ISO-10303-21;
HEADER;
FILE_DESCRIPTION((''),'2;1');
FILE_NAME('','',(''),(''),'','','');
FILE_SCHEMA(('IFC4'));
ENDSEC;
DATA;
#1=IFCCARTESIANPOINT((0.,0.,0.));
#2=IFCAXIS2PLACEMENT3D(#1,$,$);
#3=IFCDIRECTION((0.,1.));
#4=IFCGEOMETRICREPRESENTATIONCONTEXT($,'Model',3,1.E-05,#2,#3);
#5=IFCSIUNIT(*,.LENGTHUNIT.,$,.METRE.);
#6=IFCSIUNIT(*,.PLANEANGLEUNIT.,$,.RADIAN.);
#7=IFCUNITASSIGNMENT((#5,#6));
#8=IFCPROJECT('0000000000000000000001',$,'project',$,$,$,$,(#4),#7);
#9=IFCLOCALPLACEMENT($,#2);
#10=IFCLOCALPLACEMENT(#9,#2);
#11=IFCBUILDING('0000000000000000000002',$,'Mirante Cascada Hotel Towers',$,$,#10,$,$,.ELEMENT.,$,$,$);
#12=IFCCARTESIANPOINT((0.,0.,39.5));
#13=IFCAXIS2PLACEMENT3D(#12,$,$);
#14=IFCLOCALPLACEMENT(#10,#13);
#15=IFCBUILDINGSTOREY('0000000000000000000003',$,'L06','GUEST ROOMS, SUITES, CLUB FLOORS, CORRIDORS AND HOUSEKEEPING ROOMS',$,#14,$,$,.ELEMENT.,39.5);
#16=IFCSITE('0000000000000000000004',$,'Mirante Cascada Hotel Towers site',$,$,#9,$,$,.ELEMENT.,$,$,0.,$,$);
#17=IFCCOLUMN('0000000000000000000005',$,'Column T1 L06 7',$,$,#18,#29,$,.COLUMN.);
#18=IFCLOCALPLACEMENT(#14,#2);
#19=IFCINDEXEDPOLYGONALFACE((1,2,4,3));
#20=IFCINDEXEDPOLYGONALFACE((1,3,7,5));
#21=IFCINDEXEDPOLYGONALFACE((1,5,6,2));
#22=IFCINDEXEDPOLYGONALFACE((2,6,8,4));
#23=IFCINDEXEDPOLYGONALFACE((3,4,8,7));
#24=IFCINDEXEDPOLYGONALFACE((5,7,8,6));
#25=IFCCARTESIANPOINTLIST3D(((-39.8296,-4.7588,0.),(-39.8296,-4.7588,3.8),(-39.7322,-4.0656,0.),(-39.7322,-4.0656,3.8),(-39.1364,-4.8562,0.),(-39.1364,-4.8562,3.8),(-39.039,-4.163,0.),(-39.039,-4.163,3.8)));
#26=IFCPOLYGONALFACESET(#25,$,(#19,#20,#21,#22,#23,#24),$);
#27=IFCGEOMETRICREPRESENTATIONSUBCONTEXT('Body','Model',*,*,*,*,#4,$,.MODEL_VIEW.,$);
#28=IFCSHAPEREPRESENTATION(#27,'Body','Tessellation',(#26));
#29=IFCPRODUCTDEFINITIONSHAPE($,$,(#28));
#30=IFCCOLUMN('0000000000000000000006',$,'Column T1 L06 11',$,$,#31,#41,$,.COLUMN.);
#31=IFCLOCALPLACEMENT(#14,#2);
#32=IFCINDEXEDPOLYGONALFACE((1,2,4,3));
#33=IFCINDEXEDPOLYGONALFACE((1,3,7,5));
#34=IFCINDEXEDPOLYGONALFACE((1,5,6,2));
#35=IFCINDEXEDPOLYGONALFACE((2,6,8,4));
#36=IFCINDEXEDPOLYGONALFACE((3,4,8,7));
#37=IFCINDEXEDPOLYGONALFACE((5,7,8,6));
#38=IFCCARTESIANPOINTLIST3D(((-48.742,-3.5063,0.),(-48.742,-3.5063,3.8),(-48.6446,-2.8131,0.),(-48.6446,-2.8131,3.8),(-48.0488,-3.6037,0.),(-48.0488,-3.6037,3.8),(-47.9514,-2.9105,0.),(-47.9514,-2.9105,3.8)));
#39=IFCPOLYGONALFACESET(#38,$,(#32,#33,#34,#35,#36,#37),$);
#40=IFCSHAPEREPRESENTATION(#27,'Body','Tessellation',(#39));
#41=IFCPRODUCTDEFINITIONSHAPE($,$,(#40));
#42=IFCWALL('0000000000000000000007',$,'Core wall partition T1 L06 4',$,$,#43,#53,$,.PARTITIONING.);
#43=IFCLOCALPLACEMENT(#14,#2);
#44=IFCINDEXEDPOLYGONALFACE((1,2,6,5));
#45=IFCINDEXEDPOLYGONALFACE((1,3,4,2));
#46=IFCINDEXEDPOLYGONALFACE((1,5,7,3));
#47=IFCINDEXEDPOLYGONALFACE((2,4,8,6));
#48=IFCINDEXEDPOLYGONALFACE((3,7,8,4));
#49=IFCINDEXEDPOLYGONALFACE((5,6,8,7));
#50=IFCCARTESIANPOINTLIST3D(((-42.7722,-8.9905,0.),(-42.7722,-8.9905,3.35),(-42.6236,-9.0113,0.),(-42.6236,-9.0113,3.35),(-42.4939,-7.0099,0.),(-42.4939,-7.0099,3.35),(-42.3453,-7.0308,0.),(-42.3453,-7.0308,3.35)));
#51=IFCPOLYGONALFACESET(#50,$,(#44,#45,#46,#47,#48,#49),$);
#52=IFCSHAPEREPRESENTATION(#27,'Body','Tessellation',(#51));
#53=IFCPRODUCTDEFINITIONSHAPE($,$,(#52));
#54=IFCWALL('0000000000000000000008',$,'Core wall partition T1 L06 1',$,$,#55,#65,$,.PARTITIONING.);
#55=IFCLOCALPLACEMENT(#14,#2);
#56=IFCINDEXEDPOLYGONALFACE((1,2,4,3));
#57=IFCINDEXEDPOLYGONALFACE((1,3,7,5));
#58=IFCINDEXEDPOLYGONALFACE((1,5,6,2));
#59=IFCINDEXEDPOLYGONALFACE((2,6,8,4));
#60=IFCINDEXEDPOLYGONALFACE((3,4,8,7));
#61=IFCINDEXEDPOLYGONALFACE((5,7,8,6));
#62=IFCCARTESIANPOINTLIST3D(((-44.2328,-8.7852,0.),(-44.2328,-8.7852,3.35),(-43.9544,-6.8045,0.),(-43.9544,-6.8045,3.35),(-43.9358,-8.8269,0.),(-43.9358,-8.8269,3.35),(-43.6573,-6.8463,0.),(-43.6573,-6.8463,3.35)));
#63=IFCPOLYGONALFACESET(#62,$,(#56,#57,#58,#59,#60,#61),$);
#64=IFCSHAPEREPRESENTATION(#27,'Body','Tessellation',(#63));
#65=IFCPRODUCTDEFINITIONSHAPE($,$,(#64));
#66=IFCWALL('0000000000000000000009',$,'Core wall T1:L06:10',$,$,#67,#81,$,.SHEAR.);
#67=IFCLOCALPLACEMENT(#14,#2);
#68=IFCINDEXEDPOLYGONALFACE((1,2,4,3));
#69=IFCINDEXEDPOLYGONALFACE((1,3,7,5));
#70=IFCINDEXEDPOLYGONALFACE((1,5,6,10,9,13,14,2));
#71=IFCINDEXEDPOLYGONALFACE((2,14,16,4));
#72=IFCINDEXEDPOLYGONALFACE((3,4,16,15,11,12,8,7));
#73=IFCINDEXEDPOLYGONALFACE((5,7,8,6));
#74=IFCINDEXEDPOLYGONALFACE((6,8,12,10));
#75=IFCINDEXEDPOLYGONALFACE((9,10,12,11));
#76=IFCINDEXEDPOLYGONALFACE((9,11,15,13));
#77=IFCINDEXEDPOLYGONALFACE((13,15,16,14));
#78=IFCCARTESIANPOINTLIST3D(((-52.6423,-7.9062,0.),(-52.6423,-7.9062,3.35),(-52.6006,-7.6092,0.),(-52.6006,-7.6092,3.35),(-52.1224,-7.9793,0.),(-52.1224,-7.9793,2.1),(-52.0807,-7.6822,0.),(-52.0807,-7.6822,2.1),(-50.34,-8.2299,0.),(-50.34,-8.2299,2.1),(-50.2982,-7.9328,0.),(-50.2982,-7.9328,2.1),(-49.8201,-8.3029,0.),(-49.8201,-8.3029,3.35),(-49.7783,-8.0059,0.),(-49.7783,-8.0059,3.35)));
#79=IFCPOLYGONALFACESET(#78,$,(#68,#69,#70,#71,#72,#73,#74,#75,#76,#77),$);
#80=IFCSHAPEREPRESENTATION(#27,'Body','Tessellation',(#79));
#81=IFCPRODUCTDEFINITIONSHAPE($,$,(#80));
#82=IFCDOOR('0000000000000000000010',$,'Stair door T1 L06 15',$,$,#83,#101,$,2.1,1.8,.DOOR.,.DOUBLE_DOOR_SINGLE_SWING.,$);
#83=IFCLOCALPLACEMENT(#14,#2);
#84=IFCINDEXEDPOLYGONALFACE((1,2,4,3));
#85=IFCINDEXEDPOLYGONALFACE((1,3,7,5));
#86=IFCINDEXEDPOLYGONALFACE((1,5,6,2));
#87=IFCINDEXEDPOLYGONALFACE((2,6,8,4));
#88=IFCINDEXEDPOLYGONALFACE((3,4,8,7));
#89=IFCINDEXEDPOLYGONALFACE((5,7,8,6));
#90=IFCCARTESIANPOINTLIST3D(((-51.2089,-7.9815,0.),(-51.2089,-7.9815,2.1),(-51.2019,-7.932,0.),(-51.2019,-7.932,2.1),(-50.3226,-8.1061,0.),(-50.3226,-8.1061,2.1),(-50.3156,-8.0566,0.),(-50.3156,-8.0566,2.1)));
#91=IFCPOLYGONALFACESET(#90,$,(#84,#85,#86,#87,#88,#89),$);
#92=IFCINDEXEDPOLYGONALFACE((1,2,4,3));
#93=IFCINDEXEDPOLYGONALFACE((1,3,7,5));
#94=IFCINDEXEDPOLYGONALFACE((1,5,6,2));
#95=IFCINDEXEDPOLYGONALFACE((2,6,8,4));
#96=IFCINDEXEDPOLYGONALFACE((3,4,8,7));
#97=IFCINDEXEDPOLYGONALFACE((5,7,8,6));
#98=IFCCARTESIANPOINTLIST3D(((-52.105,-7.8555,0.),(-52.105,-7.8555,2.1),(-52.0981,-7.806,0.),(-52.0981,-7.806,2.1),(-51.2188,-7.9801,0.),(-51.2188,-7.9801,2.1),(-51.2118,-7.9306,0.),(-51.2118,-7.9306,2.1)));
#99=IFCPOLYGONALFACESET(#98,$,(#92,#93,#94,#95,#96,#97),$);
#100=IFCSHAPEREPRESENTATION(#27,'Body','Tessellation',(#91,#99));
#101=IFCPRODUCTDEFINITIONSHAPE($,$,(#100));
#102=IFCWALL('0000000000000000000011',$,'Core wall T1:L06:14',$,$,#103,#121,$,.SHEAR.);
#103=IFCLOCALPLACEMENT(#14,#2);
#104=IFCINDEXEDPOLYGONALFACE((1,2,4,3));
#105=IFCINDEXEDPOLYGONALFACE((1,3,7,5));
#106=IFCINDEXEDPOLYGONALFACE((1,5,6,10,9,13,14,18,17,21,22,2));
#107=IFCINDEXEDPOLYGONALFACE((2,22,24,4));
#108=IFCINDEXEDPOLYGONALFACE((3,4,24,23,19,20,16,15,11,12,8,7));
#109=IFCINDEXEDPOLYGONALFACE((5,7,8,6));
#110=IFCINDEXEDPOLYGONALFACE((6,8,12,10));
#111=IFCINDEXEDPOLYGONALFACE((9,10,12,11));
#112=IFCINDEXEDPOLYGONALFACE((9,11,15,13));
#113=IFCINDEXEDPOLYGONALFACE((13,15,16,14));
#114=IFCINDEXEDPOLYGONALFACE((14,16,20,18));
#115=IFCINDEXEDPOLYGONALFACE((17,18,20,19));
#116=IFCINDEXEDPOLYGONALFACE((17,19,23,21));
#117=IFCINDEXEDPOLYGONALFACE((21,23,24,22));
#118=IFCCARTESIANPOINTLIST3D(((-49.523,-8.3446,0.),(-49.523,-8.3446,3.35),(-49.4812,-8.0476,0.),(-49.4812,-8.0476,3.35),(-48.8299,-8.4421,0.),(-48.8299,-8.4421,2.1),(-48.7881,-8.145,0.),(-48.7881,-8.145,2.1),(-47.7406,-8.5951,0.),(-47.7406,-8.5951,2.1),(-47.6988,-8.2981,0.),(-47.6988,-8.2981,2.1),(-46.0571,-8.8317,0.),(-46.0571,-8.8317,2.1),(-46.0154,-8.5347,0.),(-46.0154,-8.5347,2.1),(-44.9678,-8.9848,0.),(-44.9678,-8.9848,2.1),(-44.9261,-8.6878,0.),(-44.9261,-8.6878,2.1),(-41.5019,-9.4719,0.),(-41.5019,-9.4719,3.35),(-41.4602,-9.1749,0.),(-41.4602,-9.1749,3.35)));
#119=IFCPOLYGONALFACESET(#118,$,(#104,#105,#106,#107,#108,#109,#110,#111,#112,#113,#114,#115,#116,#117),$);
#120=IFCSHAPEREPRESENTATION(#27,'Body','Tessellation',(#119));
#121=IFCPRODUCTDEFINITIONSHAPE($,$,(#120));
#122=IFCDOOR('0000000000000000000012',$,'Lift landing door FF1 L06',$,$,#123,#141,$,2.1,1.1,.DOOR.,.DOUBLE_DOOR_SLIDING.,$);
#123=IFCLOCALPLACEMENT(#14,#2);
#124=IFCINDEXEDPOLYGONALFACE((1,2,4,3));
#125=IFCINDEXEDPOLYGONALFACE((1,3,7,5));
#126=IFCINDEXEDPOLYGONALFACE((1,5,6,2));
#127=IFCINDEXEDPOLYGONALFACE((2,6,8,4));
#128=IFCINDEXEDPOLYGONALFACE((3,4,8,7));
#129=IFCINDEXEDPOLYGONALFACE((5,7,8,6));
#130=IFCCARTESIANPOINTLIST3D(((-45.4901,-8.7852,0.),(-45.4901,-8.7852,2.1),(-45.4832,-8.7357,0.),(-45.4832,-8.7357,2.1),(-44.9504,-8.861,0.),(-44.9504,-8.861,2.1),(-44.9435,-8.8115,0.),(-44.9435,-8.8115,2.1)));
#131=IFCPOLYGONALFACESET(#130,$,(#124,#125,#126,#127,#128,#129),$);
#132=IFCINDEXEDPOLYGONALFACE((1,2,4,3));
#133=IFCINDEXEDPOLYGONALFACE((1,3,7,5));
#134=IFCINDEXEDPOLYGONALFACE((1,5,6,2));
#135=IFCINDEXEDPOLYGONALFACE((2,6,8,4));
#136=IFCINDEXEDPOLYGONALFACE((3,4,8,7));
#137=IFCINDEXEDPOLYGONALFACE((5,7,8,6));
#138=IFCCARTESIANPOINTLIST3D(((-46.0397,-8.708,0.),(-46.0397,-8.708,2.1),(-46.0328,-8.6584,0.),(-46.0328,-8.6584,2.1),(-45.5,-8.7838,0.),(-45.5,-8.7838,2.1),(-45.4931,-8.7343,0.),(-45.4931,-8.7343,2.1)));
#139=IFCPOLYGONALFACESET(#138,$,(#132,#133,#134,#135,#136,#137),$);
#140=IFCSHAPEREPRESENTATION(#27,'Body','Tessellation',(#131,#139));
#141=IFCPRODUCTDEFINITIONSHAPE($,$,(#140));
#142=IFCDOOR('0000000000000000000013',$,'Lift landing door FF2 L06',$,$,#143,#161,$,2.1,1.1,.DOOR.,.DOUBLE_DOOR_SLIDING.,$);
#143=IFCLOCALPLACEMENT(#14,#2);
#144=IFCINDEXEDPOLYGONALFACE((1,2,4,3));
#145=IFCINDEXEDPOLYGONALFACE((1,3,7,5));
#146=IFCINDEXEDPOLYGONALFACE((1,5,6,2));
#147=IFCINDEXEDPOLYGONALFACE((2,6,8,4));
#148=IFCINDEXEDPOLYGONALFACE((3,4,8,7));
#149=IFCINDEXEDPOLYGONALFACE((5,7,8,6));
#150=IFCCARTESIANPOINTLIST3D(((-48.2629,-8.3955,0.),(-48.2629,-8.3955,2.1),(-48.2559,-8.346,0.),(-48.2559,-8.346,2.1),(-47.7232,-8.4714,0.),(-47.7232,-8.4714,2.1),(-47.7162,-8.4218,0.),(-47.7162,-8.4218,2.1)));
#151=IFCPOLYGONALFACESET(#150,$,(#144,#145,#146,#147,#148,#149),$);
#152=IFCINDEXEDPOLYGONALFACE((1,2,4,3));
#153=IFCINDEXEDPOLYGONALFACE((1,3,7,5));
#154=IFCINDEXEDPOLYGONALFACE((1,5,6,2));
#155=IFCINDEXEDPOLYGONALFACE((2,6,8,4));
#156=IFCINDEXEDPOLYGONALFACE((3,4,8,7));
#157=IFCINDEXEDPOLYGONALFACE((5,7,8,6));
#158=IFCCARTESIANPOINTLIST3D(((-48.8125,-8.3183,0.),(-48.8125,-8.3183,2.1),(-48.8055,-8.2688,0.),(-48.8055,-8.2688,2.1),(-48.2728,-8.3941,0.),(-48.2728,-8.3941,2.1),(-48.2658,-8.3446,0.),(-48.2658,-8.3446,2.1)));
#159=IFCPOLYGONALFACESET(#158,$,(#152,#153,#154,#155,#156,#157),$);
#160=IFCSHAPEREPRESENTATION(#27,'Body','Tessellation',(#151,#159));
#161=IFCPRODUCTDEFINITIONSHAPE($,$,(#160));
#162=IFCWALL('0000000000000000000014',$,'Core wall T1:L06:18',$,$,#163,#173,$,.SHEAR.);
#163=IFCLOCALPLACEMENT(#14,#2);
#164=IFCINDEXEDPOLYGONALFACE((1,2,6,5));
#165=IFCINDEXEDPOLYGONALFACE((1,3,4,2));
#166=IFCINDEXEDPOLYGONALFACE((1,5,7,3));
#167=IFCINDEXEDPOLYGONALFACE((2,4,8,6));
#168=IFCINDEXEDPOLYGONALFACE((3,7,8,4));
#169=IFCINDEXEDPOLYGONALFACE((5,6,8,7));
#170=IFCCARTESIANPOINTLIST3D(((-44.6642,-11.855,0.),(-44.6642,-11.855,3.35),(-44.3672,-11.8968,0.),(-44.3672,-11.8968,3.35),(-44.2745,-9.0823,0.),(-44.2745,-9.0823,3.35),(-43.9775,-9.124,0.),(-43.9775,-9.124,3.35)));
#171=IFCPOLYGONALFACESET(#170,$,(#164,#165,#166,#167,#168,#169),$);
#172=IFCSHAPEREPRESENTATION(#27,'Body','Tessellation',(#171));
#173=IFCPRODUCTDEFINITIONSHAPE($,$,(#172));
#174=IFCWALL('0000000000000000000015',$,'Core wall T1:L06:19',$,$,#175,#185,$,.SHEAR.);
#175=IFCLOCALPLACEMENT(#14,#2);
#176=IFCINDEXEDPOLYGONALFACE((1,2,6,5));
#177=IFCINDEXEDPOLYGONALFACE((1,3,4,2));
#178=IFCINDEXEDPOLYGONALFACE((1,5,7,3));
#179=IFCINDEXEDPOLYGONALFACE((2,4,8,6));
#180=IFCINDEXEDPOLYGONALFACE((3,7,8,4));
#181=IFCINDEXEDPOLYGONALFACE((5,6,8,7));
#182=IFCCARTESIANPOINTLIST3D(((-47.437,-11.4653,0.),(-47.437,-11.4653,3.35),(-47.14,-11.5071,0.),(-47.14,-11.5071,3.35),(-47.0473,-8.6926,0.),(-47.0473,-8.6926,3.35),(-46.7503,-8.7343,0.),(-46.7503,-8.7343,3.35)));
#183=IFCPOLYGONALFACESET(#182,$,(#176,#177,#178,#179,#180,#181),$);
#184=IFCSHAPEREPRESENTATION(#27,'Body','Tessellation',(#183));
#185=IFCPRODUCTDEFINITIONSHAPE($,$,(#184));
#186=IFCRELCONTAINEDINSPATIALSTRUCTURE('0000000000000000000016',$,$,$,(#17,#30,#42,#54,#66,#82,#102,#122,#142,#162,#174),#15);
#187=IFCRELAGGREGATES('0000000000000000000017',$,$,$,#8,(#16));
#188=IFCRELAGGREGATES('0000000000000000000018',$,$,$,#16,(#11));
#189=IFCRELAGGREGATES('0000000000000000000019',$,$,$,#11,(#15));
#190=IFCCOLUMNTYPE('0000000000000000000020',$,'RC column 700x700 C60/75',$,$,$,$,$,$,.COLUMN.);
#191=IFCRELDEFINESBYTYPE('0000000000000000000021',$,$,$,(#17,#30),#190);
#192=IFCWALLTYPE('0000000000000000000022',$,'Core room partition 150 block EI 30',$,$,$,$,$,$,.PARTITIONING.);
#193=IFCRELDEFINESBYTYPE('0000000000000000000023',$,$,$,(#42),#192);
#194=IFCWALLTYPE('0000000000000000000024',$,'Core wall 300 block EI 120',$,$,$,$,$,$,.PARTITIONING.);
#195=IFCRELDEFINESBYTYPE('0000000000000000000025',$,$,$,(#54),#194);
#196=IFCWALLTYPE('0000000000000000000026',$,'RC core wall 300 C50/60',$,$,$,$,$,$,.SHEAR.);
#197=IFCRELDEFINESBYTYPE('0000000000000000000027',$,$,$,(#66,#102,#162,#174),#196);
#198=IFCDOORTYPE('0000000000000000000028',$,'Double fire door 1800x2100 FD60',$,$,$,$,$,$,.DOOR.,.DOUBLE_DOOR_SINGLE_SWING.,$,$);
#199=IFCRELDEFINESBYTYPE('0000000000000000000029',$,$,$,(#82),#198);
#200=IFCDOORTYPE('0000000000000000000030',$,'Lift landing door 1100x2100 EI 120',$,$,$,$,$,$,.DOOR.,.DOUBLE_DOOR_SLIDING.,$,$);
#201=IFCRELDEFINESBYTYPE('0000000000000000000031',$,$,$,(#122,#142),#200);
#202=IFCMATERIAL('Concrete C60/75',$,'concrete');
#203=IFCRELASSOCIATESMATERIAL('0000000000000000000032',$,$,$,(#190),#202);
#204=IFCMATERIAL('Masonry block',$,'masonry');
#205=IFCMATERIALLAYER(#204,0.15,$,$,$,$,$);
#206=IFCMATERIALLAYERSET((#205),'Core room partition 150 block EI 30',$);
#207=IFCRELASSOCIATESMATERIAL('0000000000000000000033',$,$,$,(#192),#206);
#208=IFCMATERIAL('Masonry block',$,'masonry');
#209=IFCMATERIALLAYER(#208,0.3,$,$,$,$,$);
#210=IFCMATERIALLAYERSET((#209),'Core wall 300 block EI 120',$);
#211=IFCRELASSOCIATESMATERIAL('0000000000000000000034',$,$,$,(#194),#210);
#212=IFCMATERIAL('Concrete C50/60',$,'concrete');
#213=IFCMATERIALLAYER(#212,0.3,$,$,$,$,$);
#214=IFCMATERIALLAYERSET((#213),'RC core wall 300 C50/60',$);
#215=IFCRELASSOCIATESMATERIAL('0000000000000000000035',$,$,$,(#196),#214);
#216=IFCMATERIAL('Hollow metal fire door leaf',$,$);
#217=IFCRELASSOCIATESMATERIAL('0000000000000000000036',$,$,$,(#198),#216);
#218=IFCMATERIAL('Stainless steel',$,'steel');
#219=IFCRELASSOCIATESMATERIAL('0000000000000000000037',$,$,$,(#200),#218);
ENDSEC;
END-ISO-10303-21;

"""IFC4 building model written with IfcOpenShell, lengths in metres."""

from ifc_helpers import new_model, si_unit, direction, frame, frame_2d, origin, origin_2d, place, context, subcontext, project, spatial, rectangle, extrude, material, layer, layer_set, material_profile, profile_set, type_object, element, fill, save


model = new_model("IFC4")

# Units and contexts
model_context = context("Model", 3, precision=1e-05, world=origin(), true_north=direction((0.0, 1.0)))
body_context = subcontext(model_context, "Body", "Model", "MODEL_VIEW")
ifc_project = project(units=[si_unit("LENGTHUNIT", "METRE"), si_unit("PLANEANGLEUNIT", "RADIAN")], contexts=[model_context])

# Site, building, storey
site_placement = place(None, origin())
site = spatial("IfcSite", under=ifc_project, at=site_placement, Name="Mirante Cascada Hotel Towers site", CompositionType="ELEMENT", RefElevation=0.0)
building_placement = place(site_placement, origin())
building = spatial("IfcBuilding", under=site, at=building_placement, Name="Mirante Cascada Hotel Towers", CompositionType="ELEMENT")
storey_placement = place(building_placement, frame((0.0, 0.0, 39.5)))
storey = spatial("IfcBuildingStorey", under=building, at=storey_placement, Name="L06", Description="GUEST ROOMS, SUITES, CLUB FLOORS, CORRIDORS AND HOUSEKEEPING ROOMS", CompositionType="ELEMENT", Elevation=39.5)

# Columns
ifc_material_1 = material(Name="Concrete C60/75", Category="concrete")
ifc_material_profile = material_profile(ifc_material_1, rectangle(XDim=0.7, YDim=0.7, at=origin_2d()), Name="RC column 700x700 C60/75")
ifc_profile_set = profile_set([ifc_material_profile], Name="Concrete C60/75")
column_type = type_object("IfcColumnType", Name="RC column 700x700 C60/75", PredefinedType="COLUMN", material=ifc_profile_set)
for number, where, z_axis, x_axis, name in (
    (1, (-39.4343, -4.4609, 0.0), (0.0, 0.0, 1.0), (-0.990268, 0.139173, 0.0), "Column T1 L06 7"),
    (2, (-48.3467, -3.2084, 0.0), (0.0, 0.0, 1.0), (-0.990268, 0.139173, 0.0), "Column T1 L06 11"),
):
    element("IfcColumn", number, at=place(storey_placement, frame(where, z_axis=z_axis, x_axis=x_axis)), inside=storey, type_object=column_type, Name=name, PredefinedType="COLUMN", context=body_context, shape_type="SweptSolid", body=[
        extrude(rectangle(XDim=0.7, YDim=0.7, at=origin_2d()), origin(), (0.0, 0.0, 1.0), 3.8),
    ])

# Walls
ifc_material_2 = material(Name="Masonry block", Category="masonry")
ifc_layer_1 = layer(ifc_material_2, 0.15)
ifc_layer_set_1 = layer_set([ifc_layer_1], Name="Core room partition 150 block EI 30")
wall_type_1 = type_object("IfcWallType", Name="Core room partition 150 block EI 30", PredefinedType="PARTITIONING", material=ifc_layer_set_1)
wall_1_placement = place(storey_placement, frame((-42.6979, -9.0009, 0.0), z_axis=(0.0, 0.0, 1.0), x_axis=(0.139153, 0.990271, 0.0)))
element("IfcWall", 3, at=wall_1_placement, inside=storey, type_object=wall_type_1, Name="Core wall partition T1 L06 4", PredefinedType="PARTITIONING", context=body_context, shape_type="SweptSolid", body=[
    extrude(rectangle(XDim=2.0, YDim=0.15, at=frame_2d((1.0, 0.0))), origin(), (0.0, 0.0, 1.0), 3.35),
])
ifc_material_3 = material(Name="Masonry block", Category="masonry")
ifc_layer_2 = layer(ifc_material_3, 0.3)
ifc_layer_set_2 = layer_set([ifc_layer_2], Name="Core wall 300 block EI 120")
wall_type_2 = type_object("IfcWallType", Name="Core wall 300 block EI 120", PredefinedType="PARTITIONING", material=ifc_layer_set_2)
wall_2_placement = place(storey_placement, frame((-44.0843, -8.8061, 0.0), z_axis=(0.0, 0.0, 1.0), x_axis=(0.139195, 0.990265, 0.0)))
element("IfcWall", 4, at=wall_2_placement, inside=storey, type_object=wall_type_2, Name="Core wall partition T1 L06 1", PredefinedType="PARTITIONING", context=body_context, shape_type="SweptSolid", body=[
    extrude(rectangle(XDim=2.0001, YDim=0.3, at=frame_2d((1.0001, 0.0))), origin(), (0.0, 0.0, 1.0), 3.35),
])

# Wall, opening, door
ifc_material_4 = material(Name="Concrete C50/60", Category="concrete")
ifc_layer_3 = layer(ifc_material_4, 0.3)
ifc_layer_set_3 = layer_set([ifc_layer_3], Name="RC core wall 300 C50/60")
wall_type_3 = type_object("IfcWallType", Name="RC core wall 300 C50/60", PredefinedType="SHEAR", material=ifc_layer_set_3)
wall_3_placement = place(storey_placement, frame((-49.7992, -8.1544, 0.0), z_axis=(0.0, 0.0, 1.0), x_axis=(-0.990266, 0.139191, 0.0)))
wall_3 = element("IfcWall", 5, at=wall_3_placement, inside=storey, type_object=wall_type_3, Name="Core wall T1:L06:10", PredefinedType="SHEAR", context=body_context, shape_type="SweptSolid", body=[
    extrude(rectangle(XDim=2.85, YDim=0.3, at=frame_2d((1.425, 0.0))), origin(), (0.0, 0.0, 1.0), 3.35),
])
opening_1_placement = place(wall_3_placement, frame((0.525, 0.0, 0.0)))
opening_1 = element("IfcOpeningElement", 6, at=opening_1_placement, cuts=wall_3, PredefinedType="OPENING", context=body_context, shape_type="SweptSolid", body=[
    extrude(rectangle(XDim=1.8, YDim=2.1, at=frame_2d((0.9, 1.05))), frame((0.0, 0.15, 0.0), z_axis=(0.0, -1.0, 0.0), x_axis=(1.0, 0.0, 0.0)), (0.0, 0.0, 1.0), 0.3),
])
ifc_material_5 = material(Name="Hollow metal fire door leaf")
door_type_1 = type_object("IfcDoorType", Name="Double fire door 1800x2100 FD60", OperationType="DOUBLE_DOOR_SINGLE_SWING", PredefinedType="DOOR", material=ifc_material_5)
door_1_placement = place(opening_1_placement, origin())
door_1 = element("IfcDoor", 7, at=door_1_placement, inside=storey, type_object=door_type_1, Name="Stair door T1 L06 15", OperationType="DOUBLE_DOOR_SINGLE_SWING", OverallHeight=2.1, OverallWidth=1.8, PredefinedType="DOOR", context=body_context, shape_type="SweptSolid", body=[
    extrude(rectangle(XDim=0.895, YDim=2.1, at=frame_2d((0.4475, 1.05))), frame((0.0, 0.025, 0.0), z_axis=(0.0, -1.0, 0.0), x_axis=(1.0, 0.0, 0.0)), (0.0, 0.0, 1.0), 0.05),
    extrude(rectangle(XDim=0.895, YDim=2.1, at=frame_2d((1.3525, 1.05))), frame((0.0, 0.025, 0.0), z_axis=(0.0, -1.0, 0.0), x_axis=(1.0, 0.0, 0.0)), (0.0, 0.0, 1.0), 0.05),
])
fill(opening_1, door_1)

# Wall, openings, doors
wall_4_placement = place(storey_placement, frame((-41.481, -9.3234, 0.0), z_axis=(0.0, 0.0, 1.0), x_axis=(-0.990268, 0.139174, 0.0)))
wall_4 = element("IfcWall", 8, at=wall_4_placement, inside=storey, type_object=wall_type_3, Name="Core wall T1:L06:14", PredefinedType="SHEAR", context=body_context, shape_type="SweptSolid", body=[
    extrude(rectangle(XDim=8.0999, YDim=0.3, at=frame_2d((4.05, 0.0))), origin(), (0.0, 0.0, 1.0), 3.35),
])
opening_2_placement = place(wall_4_placement, frame((3.5, 0.0, 0.0)))
opening_2 = element("IfcOpeningElement", 9, at=opening_2_placement, cuts=wall_4, PredefinedType="OPENING", context=body_context, shape_type="SweptSolid", body=[
    extrude(rectangle(XDim=1.1, YDim=2.1, at=frame_2d((0.55, 1.05))), frame((0.0, 0.15, 0.0), z_axis=(0.0, -1.0, 0.0), x_axis=(1.0, 0.0, 0.0)), (0.0, 0.0, 1.0), 0.3),
])
opening_3_placement = place(wall_4_placement, frame((6.3, 0.0, 0.0)))
opening_3 = element("IfcOpeningElement", 10, at=opening_3_placement, cuts=wall_4, PredefinedType="OPENING", context=body_context, shape_type="SweptSolid", body=[
    extrude(rectangle(XDim=1.1, YDim=2.1, at=frame_2d((0.55, 1.05))), frame((0.0, 0.15, 0.0), z_axis=(0.0, -1.0, 0.0), x_axis=(1.0, 0.0, 0.0)), (0.0, 0.0, 1.0), 0.3),
])
ifc_material_6 = material(Name="Stainless steel", Category="steel")
door_type_2 = type_object("IfcDoorType", Name="Lift landing door 1100x2100 EI 120", OperationType="DOUBLE_DOOR_SLIDING", PredefinedType="DOOR", material=ifc_material_6)
door_2_placement = place(opening_2_placement, origin())
door_2 = element("IfcDoor", 11, at=door_2_placement, inside=storey, type_object=door_type_2, Name="Lift landing door FF1 L06", OperationType="DOUBLE_DOOR_SLIDING", OverallHeight=2.1, OverallWidth=1.1, PredefinedType="DOOR", context=body_context, shape_type="SweptSolid", body=[
    extrude(rectangle(XDim=0.545, YDim=2.1, at=frame_2d((0.2725, 1.05))), frame((0.0, 0.025, 0.0), z_axis=(0.0, -1.0, 0.0), x_axis=(1.0, 0.0, 0.0)), (0.0, 0.0, 1.0), 0.05),
    extrude(rectangle(XDim=0.545, YDim=2.1, at=frame_2d((0.8275, 1.05))), frame((0.0, 0.025, 0.0), z_axis=(0.0, -1.0, 0.0), x_axis=(1.0, 0.0, 0.0)), (0.0, 0.0, 1.0), 0.05),
])
fill(opening_2, door_2)
door_3_placement = place(opening_3_placement, origin())
door_3 = element("IfcDoor", 12, at=door_3_placement, inside=storey, type_object=door_type_2, Name="Lift landing door FF2 L06", OperationType="DOUBLE_DOOR_SLIDING", OverallHeight=2.1, OverallWidth=1.1, PredefinedType="DOOR", context=body_context, shape_type="SweptSolid", body=[
    extrude(rectangle(XDim=0.545, YDim=2.1, at=frame_2d((0.2725, 1.05))), frame((0.0, 0.025, 0.0), z_axis=(0.0, -1.0, 0.0), x_axis=(1.0, 0.0, 0.0)), (0.0, 0.0, 1.0), 0.05),
    extrude(rectangle(XDim=0.545, YDim=2.1, at=frame_2d((0.8275, 1.05))), frame((0.0, 0.025, 0.0), z_axis=(0.0, -1.0, 0.0), x_axis=(1.0, 0.0, 0.0)), (0.0, 0.0, 1.0), 0.05),
])
fill(opening_3, door_3)

# Walls
for number, where, z_axis, x_axis, name in (
    (13, (-44.5157, -11.8759, 0.0), (0.0, 0.0, 1.0), (0.139181, 0.990267, 0.0), "Core wall T1:L06:18"),
    (14, (-47.2885, -11.4862, 0.0), (0.0, 0.0, 1.0), (0.139181, 0.990267, 0.0), "Core wall T1:L06:19"),
):
    element("IfcWall", number, at=place(storey_placement, frame(where, z_axis=z_axis, x_axis=x_axis)), inside=storey, type_object=wall_type_3, Name=name, PredefinedType="SHEAR", context=body_context, shape_type="SweptSolid", body=[
        extrude(rectangle(XDim=2.8, YDim=0.3, at=frame_2d((1.4, 0.0))), origin(), (0.0, 0.0, 1.0), 3.35),
    ])

save(model, "model.ifc")
